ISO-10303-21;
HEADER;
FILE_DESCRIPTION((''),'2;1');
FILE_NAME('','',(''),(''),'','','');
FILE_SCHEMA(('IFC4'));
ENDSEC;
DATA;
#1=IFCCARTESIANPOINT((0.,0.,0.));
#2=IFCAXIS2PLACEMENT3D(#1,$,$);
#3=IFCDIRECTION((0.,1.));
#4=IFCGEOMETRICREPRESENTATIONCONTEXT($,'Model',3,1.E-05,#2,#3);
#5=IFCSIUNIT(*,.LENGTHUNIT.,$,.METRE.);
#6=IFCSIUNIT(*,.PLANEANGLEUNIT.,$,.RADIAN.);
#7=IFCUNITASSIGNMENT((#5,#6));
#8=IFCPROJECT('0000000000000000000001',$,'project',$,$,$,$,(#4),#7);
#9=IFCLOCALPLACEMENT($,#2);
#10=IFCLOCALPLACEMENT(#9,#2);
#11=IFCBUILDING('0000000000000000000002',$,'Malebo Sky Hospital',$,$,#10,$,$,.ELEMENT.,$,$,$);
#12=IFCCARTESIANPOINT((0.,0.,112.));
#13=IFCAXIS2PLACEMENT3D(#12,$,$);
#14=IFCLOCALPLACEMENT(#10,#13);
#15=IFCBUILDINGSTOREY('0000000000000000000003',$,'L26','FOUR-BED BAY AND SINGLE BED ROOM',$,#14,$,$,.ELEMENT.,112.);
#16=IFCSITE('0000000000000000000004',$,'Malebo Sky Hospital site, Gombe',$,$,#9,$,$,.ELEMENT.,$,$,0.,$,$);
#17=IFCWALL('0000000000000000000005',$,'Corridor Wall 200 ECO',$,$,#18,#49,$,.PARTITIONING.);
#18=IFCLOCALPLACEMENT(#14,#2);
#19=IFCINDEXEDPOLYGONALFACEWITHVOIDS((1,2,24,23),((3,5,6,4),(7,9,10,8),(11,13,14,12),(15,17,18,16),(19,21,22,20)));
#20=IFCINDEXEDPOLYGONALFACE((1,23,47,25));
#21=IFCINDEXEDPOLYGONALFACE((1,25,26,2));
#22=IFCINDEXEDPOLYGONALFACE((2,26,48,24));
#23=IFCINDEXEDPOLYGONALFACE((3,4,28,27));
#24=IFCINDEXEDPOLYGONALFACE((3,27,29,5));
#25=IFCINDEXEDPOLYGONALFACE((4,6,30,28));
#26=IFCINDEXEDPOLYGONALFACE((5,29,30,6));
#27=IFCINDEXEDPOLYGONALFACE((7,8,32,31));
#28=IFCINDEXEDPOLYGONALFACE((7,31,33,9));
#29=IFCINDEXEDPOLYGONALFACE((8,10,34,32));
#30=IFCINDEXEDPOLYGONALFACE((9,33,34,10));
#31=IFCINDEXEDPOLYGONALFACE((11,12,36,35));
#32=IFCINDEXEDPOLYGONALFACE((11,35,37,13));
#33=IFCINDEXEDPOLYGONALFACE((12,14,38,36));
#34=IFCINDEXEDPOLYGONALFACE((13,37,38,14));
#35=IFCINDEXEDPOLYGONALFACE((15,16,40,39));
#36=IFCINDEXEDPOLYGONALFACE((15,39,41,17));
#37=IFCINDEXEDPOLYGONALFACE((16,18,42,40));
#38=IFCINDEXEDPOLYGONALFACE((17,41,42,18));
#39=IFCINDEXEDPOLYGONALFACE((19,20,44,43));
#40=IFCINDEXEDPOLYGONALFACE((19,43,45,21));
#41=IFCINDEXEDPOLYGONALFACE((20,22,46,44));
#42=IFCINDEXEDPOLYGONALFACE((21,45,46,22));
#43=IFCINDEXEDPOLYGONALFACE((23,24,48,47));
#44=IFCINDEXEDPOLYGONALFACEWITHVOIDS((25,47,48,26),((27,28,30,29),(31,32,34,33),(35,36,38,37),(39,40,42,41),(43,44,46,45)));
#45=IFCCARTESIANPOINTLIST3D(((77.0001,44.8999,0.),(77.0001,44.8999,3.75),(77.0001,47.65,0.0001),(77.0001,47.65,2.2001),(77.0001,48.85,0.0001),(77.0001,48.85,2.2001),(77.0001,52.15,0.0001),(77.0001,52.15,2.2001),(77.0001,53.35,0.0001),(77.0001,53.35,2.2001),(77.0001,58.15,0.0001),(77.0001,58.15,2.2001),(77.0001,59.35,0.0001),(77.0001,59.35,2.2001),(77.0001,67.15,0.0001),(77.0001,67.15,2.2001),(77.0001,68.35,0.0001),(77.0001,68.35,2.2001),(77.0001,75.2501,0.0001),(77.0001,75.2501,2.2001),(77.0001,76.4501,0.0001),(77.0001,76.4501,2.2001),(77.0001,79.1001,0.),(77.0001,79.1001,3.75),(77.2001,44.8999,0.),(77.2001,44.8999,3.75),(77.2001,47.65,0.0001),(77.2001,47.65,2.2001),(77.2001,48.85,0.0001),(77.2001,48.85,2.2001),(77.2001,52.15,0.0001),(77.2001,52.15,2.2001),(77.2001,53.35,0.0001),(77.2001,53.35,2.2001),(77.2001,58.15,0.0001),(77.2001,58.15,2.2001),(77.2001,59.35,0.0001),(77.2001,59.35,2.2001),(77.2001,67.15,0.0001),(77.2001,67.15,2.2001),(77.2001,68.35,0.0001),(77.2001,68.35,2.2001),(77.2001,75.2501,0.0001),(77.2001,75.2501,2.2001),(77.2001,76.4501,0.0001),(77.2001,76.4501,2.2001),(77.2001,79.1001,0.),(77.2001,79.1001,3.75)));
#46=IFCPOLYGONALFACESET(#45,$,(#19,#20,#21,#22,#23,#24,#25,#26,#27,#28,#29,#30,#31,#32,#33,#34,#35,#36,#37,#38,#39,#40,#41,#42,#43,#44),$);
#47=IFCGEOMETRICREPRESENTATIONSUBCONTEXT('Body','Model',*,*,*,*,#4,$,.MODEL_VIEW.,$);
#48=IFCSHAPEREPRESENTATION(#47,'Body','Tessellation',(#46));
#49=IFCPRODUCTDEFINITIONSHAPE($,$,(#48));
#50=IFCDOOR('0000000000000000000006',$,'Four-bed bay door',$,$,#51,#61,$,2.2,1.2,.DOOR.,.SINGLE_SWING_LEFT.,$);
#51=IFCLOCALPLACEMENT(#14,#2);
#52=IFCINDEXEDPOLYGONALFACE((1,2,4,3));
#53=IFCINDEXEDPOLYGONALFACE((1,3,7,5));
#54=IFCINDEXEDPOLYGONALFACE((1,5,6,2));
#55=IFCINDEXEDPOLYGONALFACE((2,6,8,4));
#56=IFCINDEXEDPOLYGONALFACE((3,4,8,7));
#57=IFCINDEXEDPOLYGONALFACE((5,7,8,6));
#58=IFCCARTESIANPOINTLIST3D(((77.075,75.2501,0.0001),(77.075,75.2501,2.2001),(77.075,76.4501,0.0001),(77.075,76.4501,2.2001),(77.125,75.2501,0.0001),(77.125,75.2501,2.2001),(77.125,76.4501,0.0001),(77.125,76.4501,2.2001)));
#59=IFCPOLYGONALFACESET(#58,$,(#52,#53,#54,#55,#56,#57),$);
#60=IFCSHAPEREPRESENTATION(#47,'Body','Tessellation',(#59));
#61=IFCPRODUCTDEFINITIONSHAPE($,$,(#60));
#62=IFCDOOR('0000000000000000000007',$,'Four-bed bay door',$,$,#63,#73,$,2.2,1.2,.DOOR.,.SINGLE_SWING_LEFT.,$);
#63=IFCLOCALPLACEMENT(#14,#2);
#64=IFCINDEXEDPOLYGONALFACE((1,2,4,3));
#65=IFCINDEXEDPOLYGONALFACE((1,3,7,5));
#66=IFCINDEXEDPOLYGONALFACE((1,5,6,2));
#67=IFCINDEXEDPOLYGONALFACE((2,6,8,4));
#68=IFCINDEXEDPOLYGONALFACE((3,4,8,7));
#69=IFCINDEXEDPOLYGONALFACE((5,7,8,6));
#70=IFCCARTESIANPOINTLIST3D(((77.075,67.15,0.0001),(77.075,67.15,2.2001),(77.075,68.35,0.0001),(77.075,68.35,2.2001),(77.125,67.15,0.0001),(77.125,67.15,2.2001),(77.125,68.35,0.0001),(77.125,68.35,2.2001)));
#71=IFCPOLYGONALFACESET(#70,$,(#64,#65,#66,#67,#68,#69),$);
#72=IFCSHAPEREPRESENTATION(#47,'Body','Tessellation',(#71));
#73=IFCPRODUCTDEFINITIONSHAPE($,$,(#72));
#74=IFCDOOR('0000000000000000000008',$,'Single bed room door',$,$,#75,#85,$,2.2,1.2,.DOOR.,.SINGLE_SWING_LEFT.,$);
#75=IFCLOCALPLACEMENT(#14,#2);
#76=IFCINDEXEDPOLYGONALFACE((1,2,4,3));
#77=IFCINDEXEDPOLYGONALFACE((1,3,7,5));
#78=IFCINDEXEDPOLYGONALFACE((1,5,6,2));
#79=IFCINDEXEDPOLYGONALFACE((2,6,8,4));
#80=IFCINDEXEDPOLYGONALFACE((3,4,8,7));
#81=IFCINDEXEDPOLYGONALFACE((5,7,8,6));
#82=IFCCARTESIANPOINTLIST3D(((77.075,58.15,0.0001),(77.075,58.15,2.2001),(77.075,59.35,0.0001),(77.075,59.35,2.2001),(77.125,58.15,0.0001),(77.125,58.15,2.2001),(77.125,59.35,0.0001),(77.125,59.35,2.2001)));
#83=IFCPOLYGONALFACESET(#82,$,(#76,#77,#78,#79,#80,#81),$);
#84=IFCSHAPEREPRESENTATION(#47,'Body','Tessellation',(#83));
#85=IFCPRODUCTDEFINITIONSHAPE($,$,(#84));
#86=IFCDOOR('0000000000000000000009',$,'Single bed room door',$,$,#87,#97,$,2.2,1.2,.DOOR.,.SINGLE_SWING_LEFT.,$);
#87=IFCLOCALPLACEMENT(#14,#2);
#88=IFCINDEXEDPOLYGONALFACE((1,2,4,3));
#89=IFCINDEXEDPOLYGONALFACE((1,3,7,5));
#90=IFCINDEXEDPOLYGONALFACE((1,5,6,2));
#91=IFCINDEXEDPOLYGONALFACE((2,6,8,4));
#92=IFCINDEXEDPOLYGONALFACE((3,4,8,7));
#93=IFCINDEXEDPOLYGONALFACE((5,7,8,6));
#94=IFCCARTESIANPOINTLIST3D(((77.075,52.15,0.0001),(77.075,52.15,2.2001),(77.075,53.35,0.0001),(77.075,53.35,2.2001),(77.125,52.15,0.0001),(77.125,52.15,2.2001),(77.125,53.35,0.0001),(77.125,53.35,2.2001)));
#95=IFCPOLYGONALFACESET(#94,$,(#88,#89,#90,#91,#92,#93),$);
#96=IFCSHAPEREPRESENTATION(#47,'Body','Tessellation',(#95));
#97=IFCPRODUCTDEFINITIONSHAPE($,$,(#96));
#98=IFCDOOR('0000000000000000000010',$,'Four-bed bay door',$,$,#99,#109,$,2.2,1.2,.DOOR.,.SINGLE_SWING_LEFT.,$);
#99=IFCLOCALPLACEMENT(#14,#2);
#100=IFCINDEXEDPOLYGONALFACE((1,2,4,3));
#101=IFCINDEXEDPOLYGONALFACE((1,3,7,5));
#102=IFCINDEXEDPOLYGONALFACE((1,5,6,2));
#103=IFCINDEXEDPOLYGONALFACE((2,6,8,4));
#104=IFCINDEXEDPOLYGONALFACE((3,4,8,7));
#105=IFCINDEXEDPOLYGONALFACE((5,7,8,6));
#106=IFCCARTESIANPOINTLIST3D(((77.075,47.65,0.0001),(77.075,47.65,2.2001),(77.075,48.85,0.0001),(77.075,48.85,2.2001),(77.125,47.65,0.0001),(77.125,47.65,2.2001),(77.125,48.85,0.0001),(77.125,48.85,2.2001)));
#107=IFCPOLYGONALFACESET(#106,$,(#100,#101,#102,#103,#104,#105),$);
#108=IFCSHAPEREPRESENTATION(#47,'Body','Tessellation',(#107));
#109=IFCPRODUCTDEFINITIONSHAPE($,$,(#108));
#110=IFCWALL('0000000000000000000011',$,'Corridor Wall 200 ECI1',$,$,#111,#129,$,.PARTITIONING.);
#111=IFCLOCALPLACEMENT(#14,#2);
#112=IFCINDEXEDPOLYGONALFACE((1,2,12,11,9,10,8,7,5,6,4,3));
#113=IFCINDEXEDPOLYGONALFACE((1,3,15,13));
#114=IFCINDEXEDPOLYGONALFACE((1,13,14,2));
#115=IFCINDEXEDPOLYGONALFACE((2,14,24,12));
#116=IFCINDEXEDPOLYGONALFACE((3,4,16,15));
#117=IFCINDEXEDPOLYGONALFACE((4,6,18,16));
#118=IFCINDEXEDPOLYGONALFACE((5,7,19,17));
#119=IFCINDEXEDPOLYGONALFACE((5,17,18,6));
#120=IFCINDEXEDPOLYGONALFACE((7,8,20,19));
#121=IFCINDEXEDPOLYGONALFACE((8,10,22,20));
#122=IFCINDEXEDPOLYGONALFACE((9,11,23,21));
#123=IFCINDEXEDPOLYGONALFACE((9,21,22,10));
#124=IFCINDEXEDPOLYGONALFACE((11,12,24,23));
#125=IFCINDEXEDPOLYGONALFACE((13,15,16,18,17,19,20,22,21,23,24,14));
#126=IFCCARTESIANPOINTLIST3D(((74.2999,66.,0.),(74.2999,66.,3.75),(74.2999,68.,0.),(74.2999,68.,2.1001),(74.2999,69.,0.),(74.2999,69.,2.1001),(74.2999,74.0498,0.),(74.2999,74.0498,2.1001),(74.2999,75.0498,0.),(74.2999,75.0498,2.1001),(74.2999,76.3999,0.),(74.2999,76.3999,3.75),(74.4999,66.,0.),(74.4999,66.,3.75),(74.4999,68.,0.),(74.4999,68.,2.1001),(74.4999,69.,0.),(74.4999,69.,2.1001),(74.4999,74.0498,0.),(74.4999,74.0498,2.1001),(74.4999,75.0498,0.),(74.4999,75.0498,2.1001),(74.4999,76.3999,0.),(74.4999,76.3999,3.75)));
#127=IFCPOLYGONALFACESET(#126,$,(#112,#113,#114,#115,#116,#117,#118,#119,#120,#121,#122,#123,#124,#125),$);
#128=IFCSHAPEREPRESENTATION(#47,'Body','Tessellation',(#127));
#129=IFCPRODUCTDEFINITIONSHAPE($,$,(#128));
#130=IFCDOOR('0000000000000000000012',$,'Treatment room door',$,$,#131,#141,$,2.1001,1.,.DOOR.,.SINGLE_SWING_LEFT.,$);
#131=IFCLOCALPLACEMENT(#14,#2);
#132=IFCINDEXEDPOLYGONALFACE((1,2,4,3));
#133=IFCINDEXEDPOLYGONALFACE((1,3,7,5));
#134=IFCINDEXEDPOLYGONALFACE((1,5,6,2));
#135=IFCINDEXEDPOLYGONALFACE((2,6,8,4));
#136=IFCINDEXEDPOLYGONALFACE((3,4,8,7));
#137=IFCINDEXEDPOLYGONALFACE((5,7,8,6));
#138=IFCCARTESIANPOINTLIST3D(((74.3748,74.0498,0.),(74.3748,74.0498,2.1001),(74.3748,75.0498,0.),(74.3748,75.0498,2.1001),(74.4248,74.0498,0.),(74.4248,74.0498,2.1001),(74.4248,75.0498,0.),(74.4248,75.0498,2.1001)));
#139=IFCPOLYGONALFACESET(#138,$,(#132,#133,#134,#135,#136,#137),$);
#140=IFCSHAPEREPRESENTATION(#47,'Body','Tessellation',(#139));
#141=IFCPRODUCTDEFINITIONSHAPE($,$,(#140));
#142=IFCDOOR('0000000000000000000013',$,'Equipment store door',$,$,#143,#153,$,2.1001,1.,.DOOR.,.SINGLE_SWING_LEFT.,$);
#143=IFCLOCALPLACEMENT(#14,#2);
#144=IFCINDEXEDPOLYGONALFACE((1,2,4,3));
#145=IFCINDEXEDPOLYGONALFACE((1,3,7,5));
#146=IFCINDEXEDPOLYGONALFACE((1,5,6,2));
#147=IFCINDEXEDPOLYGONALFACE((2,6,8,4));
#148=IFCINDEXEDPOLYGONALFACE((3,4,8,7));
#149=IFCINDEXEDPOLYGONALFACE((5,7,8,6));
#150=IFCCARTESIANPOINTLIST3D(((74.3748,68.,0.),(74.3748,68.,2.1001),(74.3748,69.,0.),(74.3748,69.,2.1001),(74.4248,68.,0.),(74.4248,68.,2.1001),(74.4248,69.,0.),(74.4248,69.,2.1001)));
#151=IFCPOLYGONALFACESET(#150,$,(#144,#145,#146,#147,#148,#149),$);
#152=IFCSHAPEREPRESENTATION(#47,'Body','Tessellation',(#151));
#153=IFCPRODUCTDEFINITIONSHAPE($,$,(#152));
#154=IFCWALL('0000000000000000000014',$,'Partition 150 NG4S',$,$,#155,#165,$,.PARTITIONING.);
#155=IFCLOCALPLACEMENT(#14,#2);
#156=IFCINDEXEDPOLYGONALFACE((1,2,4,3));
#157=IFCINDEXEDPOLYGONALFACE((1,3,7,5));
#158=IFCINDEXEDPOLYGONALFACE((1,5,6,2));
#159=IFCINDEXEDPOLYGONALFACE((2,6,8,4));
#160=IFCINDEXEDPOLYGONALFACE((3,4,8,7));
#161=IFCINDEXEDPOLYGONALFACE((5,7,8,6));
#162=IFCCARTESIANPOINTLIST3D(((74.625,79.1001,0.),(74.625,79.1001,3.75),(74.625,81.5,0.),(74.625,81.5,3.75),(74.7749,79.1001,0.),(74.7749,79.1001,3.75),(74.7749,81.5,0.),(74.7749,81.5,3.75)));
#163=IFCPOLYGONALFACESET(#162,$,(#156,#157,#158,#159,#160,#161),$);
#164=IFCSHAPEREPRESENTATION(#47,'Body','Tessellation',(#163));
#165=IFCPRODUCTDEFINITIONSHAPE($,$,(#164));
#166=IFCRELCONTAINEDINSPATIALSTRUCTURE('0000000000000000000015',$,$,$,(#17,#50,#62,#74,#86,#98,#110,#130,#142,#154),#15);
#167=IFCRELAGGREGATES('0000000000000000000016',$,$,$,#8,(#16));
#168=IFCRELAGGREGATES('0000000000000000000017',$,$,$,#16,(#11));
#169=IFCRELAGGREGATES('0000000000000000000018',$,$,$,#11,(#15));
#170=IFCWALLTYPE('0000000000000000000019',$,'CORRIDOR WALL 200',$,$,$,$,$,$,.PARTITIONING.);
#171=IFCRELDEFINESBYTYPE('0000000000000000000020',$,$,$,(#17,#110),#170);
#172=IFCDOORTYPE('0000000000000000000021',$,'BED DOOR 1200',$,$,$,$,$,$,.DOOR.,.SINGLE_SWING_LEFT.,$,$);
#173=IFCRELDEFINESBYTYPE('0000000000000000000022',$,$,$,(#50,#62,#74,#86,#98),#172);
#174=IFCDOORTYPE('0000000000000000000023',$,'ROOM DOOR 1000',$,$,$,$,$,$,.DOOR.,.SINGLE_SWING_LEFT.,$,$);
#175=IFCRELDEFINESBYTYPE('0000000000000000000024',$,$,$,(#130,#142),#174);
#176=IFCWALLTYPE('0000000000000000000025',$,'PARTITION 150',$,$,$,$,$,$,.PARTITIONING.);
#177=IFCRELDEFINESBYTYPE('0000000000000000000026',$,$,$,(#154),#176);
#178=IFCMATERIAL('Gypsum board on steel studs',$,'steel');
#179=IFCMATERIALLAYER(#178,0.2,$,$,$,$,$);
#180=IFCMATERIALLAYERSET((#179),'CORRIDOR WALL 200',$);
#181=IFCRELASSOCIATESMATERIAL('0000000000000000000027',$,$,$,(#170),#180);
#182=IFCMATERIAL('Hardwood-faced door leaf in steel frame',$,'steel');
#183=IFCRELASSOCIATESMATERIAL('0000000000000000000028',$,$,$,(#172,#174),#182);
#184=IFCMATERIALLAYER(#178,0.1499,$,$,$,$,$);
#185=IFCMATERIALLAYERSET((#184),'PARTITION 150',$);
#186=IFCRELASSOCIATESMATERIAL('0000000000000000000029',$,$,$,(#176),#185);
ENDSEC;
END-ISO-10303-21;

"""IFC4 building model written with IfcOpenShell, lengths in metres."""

from ifc_helpers import new_model, si_unit, direction, frame, frame_2d, origin, place, context, subcontext, project, spatial, rectangle, extrude, material, layer, layer_set, type_object, element, fill, save


model = new_model("IFC4")

# Units and contexts
model_context = context("Model", 3, precision=1e-05, world=origin(), true_north=direction((0.0, 1.0)))
body_context = subcontext(model_context, "Body", "Model", "MODEL_VIEW")
ifc_project = project(units=[si_unit("LENGTHUNIT", "METRE"), si_unit("PLANEANGLEUNIT", "RADIAN")], contexts=[model_context])

# Site, building, storey
site_placement = place(None, origin())
site = spatial("IfcSite", under=ifc_project, at=site_placement, Name="Malebo Sky Hospital site, Gombe", CompositionType="ELEMENT", RefElevation=0.0)
building_placement = place(site_placement, origin())
building = spatial("IfcBuilding", under=site, at=building_placement, Name="Malebo Sky Hospital", CompositionType="ELEMENT")
storey_placement = place(building_placement, frame((0.0, 0.0, 112.0)))
storey = spatial("IfcBuildingStorey", under=building, at=storey_placement, Name="L26", Description="FOUR-BED BAY AND SINGLE BED ROOM", CompositionType="ELEMENT", Elevation=112.0)

# Walls, openings, doors
ifc_material_1 = material(Name="Gypsum board on steel studs", Category="steel")
ifc_layer_1 = layer(ifc_material_1, 0.2)
ifc_layer_set_1 = layer_set([ifc_layer_1], Name="CORRIDOR WALL 200")
wall_type_1 = type_object("IfcWallType", Name="CORRIDOR WALL 200", PredefinedType="PARTITIONING", material=ifc_layer_set_1)
wall_1_placement = place(storey_placement, frame((77.1001, 79.1001, 0.0), z_axis=(0.0, 0.0, 1.0), x_axis=(0.0, -1.0, 0.0)))
wall_1 = element("IfcWall", 1, at=wall_1_placement, inside=storey, type_object=wall_type_1, Name="Corridor Wall 200 ECO", PredefinedType="PARTITIONING", context=body_context, shape_type="SweptSolid", body=[
    extrude(rectangle(XDim=34.2002, YDim=0.2, at=frame_2d((17.1001, 0.0))), origin(), (0.0, 0.0, 1.0), 3.75),
])
opening_1_placement = place(wall_1_placement, frame((2.6499, 0.0, 0.0)))
opening_1 = element("IfcOpeningElement", 2, at=opening_1_placement, cuts=wall_1, PredefinedType="OPENING", context=body_context, shape_type="SweptSolid", body=[
    extrude(rectangle(XDim=1.2, YDim=2.2, at=frame_2d((0.6001, 1.1001))), frame((0.0, 0.1099, 0.0), z_axis=(0.0, -1.0, 0.0), x_axis=(1.0, 0.0, 0.0)), (0.0, 0.0, 1.0), 0.22),
])
opening_2_placement = place(wall_1_placement, frame((10.75, 0.0, 0.0)))
opening_2 = element("IfcOpeningElement", 3, at=opening_2_placement, cuts=wall_1, PredefinedType="OPENING", context=body_context, shape_type="SweptSolid", body=[
    extrude(rectangle(XDim=1.2, YDim=2.2, at=frame_2d((0.6001, 1.1001))), frame((0.0, 0.1099, 0.0), z_axis=(0.0, -1.0, 0.0), x_axis=(1.0, 0.0, 0.0)), (0.0, 0.0, 1.0), 0.22),
])
opening_3_placement = place(wall_1_placement, frame((19.75, 0.0, 0.0)))
opening_3 = element("IfcOpeningElement", 4, at=opening_3_placement, cuts=wall_1, PredefinedType="OPENING", context=body_context, shape_type="SweptSolid", body=[
    extrude(rectangle(XDim=1.2, YDim=2.2, at=frame_2d((0.6001, 1.1001))), frame((0.0, 0.1099, 0.0), z_axis=(0.0, -1.0, 0.0), x_axis=(1.0, 0.0, 0.0)), (0.0, 0.0, 1.0), 0.22),
])
opening_4_placement = place(wall_1_placement, frame((25.75, 0.0, 0.0)))
opening_4 = element("IfcOpeningElement", 5, at=opening_4_placement, cuts=wall_1, PredefinedType="OPENING", context=body_context, shape_type="SweptSolid", body=[
    extrude(rectangle(XDim=1.2, YDim=2.2, at=frame_2d((0.6001, 1.1001))), frame((0.0, 0.1099, 0.0), z_axis=(0.0, -1.0, 0.0), x_axis=(1.0, 0.0, 0.0)), (0.0, 0.0, 1.0), 0.22),
])
opening_5_placement = place(wall_1_placement, frame((30.25, 0.0, 0.0)))
opening_5 = element("IfcOpeningElement", 6, at=opening_5_placement, cuts=wall_1, PredefinedType="OPENING", context=body_context, shape_type="SweptSolid", body=[
    extrude(rectangle(XDim=1.2, YDim=2.2, at=frame_2d((0.6001, 1.1001))), frame((0.0, 0.1099, 0.0), z_axis=(0.0, -1.0, 0.0), x_axis=(1.0, 0.0, 0.0)), (0.0, 0.0, 1.0), 0.22),
])
ifc_material_2 = material(Name="Hardwood-faced door leaf in steel frame", Category="steel")
door_type_1 = type_object("IfcDoorType", Name="BED DOOR 1200", OperationType="SINGLE_SWING_LEFT", PredefinedType="DOOR", material=ifc_material_2)
door_1_placement = place(opening_1_placement, origin())
door_1 = element("IfcDoor", 7, at=door_1_placement, inside=storey, type_object=door_type_1, Name="Four-bed bay door", OperationType="SINGLE_SWING_LEFT", OverallHeight=2.2, OverallWidth=1.2, PredefinedType="DOOR", context=body_context, shape_type="SweptSolid", body=[
    extrude(rectangle(XDim=1.2, YDim=2.2, at=frame_2d((0.6001, 1.1001))), frame((0.0, 0.0249, 0.0), z_axis=(0.0, -1.0, 0.0), x_axis=(1.0, 0.0, 0.0)), (0.0, 0.0, 1.0), 0.05),
])
fill(opening_1, door_1)
door_2_placement = place(opening_2_placement, origin())
door_2 = element("IfcDoor", 8, at=door_2_placement, inside=storey, type_object=door_type_1, Name="Four-bed bay door", OperationType="SINGLE_SWING_LEFT", OverallHeight=2.2, OverallWidth=1.2, PredefinedType="DOOR", context=body_context, shape_type="SweptSolid", body=[
    extrude(rectangle(XDim=1.2, YDim=2.2, at=frame_2d((0.6001, 1.1001))), frame((0.0, 0.0249, 0.0), z_axis=(0.0, -1.0, 0.0), x_axis=(1.0, 0.0, 0.0)), (0.0, 0.0, 1.0), 0.05),
])
fill(opening_2, door_2)
door_3_placement = place(opening_3_placement, origin())
door_3 = element("IfcDoor", 9, at=door_3_placement, inside=storey, type_object=door_type_1, Name="Single bed room door", OperationType="SINGLE_SWING_LEFT", OverallHeight=2.2, OverallWidth=1.2, PredefinedType="DOOR", context=body_context, shape_type="SweptSolid", body=[
    extrude(rectangle(XDim=1.2, YDim=2.2, at=frame_2d((0.6001, 1.1001))), frame((0.0, 0.0249, 0.0), z_axis=(0.0, -1.0, 0.0), x_axis=(1.0, 0.0, 0.0)), (0.0, 0.0, 1.0), 0.05),
])
fill(opening_3, door_3)
door_4_placement = place(opening_4_placement, origin())
door_4 = element("IfcDoor", 10, at=door_4_placement, inside=storey, type_object=door_type_1, Name="Single bed room door", OperationType="SINGLE_SWING_LEFT", OverallHeight=2.2, OverallWidth=1.2, PredefinedType="DOOR", context=body_context, shape_type="SweptSolid", body=[
    extrude(rectangle(XDim=1.2, YDim=2.2, at=frame_2d((0.6001, 1.1001))), frame((0.0, 0.0249, 0.0), z_axis=(0.0, -1.0, 0.0), x_axis=(1.0, 0.0, 0.0)), (0.0, 0.0, 1.0), 0.05),
])
fill(opening_4, door_4)
door_5_placement = place(opening_5_placement, origin())
door_5 = element("IfcDoor", 11, at=door_5_placement, inside=storey, type_object=door_type_1, Name="Four-bed bay door", OperationType="SINGLE_SWING_LEFT", OverallHeight=2.2, OverallWidth=1.2, PredefinedType="DOOR", context=body_context, shape_type="SweptSolid", body=[
    extrude(rectangle(XDim=1.2, YDim=2.2, at=frame_2d((0.6001, 1.1001))), frame((0.0, 0.0249, 0.0), z_axis=(0.0, -1.0, 0.0), x_axis=(1.0, 0.0, 0.0)), (0.0, 0.0, 1.0), 0.05),
])
fill(opening_5, door_5)
wall_2_placement = place(storey_placement, frame((74.3999, 76.3999, 0.0), z_axis=(0.0, 0.0, 1.0), x_axis=(0.0, -1.0, 0.0)))
wall_2 = element("IfcWall", 12, at=wall_2_placement, inside=storey, type_object=wall_type_1, Name="Corridor Wall 200 ECI1", PredefinedType="PARTITIONING", context=body_context, shape_type="SweptSolid", body=[
    extrude(rectangle(XDim=10.3999, YDim=0.2, at=frame_2d((5.2, 0.0))), origin(), (0.0, 0.0, 1.0), 3.75),
])
opening_6_placement = place(wall_2_placement, frame((1.3501, 0.0, 0.0)))
opening_6 = element("IfcOpeningElement", 13, at=opening_6_placement, cuts=wall_2, PredefinedType="OPENING", context=body_context, shape_type="SweptSolid", body=[
    extrude(rectangle(XDim=1.0, YDim=2.1001, at=frame_2d((0.5, 1.05))), frame((0.0, 0.1099, 0.0), z_axis=(0.0, -1.0, 0.0), x_axis=(1.0, 0.0, 0.0)), (0.0, 0.0, 1.0), 0.22),
])
opening_7_placement = place(wall_2_placement, frame((7.3999, 0.0, 0.0)))
opening_7 = element("IfcOpeningElement", 14, at=opening_7_placement, cuts=wall_2, PredefinedType="OPENING", context=body_context, shape_type="SweptSolid", body=[
    extrude(rectangle(XDim=1.0, YDim=2.1001, at=frame_2d((0.5, 1.05))), frame((0.0, 0.1099, 0.0), z_axis=(0.0, -1.0, 0.0), x_axis=(1.0, 0.0, 0.0)), (0.0, 0.0, 1.0), 0.22),
])
door_type_2 = type_object("IfcDoorType", Name="ROOM DOOR 1000", OperationType="SINGLE_SWING_LEFT", PredefinedType="DOOR", material=ifc_material_2)
door_6_placement = place(opening_6_placement, origin())
door_6 = element("IfcDoor", 15, at=door_6_placement, inside=storey, type_object=door_type_2, Name="Treatment room door", OperationType="SINGLE_SWING_LEFT", OverallHeight=2.1001, OverallWidth=1.0, PredefinedType="DOOR", context=body_context, shape_type="SweptSolid", body=[
    extrude(rectangle(XDim=1.0, YDim=2.1001, at=frame_2d((0.5, 1.05))), frame((0.0, 0.0249, 0.0), z_axis=(0.0, -1.0, 0.0), x_axis=(1.0, 0.0, 0.0)), (0.0, 0.0, 1.0), 0.05),
])
fill(opening_6, door_6)
door_7_placement = place(opening_7_placement, origin())
door_7 = element("IfcDoor", 16, at=door_7_placement, inside=storey, type_object=door_type_2, Name="Equipment store door", OperationType="SINGLE_SWING_LEFT", OverallHeight=2.1001, OverallWidth=1.0, PredefinedType="DOOR", context=body_context, shape_type="SweptSolid", body=[
    extrude(rectangle(XDim=1.0, YDim=2.1001, at=frame_2d((0.5, 1.05))), frame((0.0, 0.0249, 0.0), z_axis=(0.0, -1.0, 0.0), x_axis=(1.0, 0.0, 0.0)), (0.0, 0.0, 1.0), 0.05),
])
fill(opening_7, door_7)

# Wall
ifc_layer_2 = layer(ifc_material_1, 0.1499)
ifc_layer_set_2 = layer_set([ifc_layer_2], Name="PARTITION 150")
wall_type_2 = type_object("IfcWallType", Name="PARTITION 150", PredefinedType="PARTITIONING", material=ifc_layer_set_2)
for number, where, z_axis, x_axis, name in (
    (17, (74.7, 79.1001, 0.0), (0.0, 0.0, 1.0), (0.0, 1.0, 0.0), "Partition 150 NG4S"),
):
    element("IfcWall", number, at=place(storey_placement, frame(where, z_axis=z_axis, x_axis=x_axis)), inside=storey, type_object=wall_type_2, Name=name, PredefinedType="PARTITIONING", context=body_context, shape_type="SweptSolid", body=[
        extrude(rectangle(XDim=2.3999, YDim=0.1499, at=frame_2d((1.2, 0.0))), origin(), (0.0, 0.0, 1.0), 3.75),
    ])

save(model, "model.ifc")
